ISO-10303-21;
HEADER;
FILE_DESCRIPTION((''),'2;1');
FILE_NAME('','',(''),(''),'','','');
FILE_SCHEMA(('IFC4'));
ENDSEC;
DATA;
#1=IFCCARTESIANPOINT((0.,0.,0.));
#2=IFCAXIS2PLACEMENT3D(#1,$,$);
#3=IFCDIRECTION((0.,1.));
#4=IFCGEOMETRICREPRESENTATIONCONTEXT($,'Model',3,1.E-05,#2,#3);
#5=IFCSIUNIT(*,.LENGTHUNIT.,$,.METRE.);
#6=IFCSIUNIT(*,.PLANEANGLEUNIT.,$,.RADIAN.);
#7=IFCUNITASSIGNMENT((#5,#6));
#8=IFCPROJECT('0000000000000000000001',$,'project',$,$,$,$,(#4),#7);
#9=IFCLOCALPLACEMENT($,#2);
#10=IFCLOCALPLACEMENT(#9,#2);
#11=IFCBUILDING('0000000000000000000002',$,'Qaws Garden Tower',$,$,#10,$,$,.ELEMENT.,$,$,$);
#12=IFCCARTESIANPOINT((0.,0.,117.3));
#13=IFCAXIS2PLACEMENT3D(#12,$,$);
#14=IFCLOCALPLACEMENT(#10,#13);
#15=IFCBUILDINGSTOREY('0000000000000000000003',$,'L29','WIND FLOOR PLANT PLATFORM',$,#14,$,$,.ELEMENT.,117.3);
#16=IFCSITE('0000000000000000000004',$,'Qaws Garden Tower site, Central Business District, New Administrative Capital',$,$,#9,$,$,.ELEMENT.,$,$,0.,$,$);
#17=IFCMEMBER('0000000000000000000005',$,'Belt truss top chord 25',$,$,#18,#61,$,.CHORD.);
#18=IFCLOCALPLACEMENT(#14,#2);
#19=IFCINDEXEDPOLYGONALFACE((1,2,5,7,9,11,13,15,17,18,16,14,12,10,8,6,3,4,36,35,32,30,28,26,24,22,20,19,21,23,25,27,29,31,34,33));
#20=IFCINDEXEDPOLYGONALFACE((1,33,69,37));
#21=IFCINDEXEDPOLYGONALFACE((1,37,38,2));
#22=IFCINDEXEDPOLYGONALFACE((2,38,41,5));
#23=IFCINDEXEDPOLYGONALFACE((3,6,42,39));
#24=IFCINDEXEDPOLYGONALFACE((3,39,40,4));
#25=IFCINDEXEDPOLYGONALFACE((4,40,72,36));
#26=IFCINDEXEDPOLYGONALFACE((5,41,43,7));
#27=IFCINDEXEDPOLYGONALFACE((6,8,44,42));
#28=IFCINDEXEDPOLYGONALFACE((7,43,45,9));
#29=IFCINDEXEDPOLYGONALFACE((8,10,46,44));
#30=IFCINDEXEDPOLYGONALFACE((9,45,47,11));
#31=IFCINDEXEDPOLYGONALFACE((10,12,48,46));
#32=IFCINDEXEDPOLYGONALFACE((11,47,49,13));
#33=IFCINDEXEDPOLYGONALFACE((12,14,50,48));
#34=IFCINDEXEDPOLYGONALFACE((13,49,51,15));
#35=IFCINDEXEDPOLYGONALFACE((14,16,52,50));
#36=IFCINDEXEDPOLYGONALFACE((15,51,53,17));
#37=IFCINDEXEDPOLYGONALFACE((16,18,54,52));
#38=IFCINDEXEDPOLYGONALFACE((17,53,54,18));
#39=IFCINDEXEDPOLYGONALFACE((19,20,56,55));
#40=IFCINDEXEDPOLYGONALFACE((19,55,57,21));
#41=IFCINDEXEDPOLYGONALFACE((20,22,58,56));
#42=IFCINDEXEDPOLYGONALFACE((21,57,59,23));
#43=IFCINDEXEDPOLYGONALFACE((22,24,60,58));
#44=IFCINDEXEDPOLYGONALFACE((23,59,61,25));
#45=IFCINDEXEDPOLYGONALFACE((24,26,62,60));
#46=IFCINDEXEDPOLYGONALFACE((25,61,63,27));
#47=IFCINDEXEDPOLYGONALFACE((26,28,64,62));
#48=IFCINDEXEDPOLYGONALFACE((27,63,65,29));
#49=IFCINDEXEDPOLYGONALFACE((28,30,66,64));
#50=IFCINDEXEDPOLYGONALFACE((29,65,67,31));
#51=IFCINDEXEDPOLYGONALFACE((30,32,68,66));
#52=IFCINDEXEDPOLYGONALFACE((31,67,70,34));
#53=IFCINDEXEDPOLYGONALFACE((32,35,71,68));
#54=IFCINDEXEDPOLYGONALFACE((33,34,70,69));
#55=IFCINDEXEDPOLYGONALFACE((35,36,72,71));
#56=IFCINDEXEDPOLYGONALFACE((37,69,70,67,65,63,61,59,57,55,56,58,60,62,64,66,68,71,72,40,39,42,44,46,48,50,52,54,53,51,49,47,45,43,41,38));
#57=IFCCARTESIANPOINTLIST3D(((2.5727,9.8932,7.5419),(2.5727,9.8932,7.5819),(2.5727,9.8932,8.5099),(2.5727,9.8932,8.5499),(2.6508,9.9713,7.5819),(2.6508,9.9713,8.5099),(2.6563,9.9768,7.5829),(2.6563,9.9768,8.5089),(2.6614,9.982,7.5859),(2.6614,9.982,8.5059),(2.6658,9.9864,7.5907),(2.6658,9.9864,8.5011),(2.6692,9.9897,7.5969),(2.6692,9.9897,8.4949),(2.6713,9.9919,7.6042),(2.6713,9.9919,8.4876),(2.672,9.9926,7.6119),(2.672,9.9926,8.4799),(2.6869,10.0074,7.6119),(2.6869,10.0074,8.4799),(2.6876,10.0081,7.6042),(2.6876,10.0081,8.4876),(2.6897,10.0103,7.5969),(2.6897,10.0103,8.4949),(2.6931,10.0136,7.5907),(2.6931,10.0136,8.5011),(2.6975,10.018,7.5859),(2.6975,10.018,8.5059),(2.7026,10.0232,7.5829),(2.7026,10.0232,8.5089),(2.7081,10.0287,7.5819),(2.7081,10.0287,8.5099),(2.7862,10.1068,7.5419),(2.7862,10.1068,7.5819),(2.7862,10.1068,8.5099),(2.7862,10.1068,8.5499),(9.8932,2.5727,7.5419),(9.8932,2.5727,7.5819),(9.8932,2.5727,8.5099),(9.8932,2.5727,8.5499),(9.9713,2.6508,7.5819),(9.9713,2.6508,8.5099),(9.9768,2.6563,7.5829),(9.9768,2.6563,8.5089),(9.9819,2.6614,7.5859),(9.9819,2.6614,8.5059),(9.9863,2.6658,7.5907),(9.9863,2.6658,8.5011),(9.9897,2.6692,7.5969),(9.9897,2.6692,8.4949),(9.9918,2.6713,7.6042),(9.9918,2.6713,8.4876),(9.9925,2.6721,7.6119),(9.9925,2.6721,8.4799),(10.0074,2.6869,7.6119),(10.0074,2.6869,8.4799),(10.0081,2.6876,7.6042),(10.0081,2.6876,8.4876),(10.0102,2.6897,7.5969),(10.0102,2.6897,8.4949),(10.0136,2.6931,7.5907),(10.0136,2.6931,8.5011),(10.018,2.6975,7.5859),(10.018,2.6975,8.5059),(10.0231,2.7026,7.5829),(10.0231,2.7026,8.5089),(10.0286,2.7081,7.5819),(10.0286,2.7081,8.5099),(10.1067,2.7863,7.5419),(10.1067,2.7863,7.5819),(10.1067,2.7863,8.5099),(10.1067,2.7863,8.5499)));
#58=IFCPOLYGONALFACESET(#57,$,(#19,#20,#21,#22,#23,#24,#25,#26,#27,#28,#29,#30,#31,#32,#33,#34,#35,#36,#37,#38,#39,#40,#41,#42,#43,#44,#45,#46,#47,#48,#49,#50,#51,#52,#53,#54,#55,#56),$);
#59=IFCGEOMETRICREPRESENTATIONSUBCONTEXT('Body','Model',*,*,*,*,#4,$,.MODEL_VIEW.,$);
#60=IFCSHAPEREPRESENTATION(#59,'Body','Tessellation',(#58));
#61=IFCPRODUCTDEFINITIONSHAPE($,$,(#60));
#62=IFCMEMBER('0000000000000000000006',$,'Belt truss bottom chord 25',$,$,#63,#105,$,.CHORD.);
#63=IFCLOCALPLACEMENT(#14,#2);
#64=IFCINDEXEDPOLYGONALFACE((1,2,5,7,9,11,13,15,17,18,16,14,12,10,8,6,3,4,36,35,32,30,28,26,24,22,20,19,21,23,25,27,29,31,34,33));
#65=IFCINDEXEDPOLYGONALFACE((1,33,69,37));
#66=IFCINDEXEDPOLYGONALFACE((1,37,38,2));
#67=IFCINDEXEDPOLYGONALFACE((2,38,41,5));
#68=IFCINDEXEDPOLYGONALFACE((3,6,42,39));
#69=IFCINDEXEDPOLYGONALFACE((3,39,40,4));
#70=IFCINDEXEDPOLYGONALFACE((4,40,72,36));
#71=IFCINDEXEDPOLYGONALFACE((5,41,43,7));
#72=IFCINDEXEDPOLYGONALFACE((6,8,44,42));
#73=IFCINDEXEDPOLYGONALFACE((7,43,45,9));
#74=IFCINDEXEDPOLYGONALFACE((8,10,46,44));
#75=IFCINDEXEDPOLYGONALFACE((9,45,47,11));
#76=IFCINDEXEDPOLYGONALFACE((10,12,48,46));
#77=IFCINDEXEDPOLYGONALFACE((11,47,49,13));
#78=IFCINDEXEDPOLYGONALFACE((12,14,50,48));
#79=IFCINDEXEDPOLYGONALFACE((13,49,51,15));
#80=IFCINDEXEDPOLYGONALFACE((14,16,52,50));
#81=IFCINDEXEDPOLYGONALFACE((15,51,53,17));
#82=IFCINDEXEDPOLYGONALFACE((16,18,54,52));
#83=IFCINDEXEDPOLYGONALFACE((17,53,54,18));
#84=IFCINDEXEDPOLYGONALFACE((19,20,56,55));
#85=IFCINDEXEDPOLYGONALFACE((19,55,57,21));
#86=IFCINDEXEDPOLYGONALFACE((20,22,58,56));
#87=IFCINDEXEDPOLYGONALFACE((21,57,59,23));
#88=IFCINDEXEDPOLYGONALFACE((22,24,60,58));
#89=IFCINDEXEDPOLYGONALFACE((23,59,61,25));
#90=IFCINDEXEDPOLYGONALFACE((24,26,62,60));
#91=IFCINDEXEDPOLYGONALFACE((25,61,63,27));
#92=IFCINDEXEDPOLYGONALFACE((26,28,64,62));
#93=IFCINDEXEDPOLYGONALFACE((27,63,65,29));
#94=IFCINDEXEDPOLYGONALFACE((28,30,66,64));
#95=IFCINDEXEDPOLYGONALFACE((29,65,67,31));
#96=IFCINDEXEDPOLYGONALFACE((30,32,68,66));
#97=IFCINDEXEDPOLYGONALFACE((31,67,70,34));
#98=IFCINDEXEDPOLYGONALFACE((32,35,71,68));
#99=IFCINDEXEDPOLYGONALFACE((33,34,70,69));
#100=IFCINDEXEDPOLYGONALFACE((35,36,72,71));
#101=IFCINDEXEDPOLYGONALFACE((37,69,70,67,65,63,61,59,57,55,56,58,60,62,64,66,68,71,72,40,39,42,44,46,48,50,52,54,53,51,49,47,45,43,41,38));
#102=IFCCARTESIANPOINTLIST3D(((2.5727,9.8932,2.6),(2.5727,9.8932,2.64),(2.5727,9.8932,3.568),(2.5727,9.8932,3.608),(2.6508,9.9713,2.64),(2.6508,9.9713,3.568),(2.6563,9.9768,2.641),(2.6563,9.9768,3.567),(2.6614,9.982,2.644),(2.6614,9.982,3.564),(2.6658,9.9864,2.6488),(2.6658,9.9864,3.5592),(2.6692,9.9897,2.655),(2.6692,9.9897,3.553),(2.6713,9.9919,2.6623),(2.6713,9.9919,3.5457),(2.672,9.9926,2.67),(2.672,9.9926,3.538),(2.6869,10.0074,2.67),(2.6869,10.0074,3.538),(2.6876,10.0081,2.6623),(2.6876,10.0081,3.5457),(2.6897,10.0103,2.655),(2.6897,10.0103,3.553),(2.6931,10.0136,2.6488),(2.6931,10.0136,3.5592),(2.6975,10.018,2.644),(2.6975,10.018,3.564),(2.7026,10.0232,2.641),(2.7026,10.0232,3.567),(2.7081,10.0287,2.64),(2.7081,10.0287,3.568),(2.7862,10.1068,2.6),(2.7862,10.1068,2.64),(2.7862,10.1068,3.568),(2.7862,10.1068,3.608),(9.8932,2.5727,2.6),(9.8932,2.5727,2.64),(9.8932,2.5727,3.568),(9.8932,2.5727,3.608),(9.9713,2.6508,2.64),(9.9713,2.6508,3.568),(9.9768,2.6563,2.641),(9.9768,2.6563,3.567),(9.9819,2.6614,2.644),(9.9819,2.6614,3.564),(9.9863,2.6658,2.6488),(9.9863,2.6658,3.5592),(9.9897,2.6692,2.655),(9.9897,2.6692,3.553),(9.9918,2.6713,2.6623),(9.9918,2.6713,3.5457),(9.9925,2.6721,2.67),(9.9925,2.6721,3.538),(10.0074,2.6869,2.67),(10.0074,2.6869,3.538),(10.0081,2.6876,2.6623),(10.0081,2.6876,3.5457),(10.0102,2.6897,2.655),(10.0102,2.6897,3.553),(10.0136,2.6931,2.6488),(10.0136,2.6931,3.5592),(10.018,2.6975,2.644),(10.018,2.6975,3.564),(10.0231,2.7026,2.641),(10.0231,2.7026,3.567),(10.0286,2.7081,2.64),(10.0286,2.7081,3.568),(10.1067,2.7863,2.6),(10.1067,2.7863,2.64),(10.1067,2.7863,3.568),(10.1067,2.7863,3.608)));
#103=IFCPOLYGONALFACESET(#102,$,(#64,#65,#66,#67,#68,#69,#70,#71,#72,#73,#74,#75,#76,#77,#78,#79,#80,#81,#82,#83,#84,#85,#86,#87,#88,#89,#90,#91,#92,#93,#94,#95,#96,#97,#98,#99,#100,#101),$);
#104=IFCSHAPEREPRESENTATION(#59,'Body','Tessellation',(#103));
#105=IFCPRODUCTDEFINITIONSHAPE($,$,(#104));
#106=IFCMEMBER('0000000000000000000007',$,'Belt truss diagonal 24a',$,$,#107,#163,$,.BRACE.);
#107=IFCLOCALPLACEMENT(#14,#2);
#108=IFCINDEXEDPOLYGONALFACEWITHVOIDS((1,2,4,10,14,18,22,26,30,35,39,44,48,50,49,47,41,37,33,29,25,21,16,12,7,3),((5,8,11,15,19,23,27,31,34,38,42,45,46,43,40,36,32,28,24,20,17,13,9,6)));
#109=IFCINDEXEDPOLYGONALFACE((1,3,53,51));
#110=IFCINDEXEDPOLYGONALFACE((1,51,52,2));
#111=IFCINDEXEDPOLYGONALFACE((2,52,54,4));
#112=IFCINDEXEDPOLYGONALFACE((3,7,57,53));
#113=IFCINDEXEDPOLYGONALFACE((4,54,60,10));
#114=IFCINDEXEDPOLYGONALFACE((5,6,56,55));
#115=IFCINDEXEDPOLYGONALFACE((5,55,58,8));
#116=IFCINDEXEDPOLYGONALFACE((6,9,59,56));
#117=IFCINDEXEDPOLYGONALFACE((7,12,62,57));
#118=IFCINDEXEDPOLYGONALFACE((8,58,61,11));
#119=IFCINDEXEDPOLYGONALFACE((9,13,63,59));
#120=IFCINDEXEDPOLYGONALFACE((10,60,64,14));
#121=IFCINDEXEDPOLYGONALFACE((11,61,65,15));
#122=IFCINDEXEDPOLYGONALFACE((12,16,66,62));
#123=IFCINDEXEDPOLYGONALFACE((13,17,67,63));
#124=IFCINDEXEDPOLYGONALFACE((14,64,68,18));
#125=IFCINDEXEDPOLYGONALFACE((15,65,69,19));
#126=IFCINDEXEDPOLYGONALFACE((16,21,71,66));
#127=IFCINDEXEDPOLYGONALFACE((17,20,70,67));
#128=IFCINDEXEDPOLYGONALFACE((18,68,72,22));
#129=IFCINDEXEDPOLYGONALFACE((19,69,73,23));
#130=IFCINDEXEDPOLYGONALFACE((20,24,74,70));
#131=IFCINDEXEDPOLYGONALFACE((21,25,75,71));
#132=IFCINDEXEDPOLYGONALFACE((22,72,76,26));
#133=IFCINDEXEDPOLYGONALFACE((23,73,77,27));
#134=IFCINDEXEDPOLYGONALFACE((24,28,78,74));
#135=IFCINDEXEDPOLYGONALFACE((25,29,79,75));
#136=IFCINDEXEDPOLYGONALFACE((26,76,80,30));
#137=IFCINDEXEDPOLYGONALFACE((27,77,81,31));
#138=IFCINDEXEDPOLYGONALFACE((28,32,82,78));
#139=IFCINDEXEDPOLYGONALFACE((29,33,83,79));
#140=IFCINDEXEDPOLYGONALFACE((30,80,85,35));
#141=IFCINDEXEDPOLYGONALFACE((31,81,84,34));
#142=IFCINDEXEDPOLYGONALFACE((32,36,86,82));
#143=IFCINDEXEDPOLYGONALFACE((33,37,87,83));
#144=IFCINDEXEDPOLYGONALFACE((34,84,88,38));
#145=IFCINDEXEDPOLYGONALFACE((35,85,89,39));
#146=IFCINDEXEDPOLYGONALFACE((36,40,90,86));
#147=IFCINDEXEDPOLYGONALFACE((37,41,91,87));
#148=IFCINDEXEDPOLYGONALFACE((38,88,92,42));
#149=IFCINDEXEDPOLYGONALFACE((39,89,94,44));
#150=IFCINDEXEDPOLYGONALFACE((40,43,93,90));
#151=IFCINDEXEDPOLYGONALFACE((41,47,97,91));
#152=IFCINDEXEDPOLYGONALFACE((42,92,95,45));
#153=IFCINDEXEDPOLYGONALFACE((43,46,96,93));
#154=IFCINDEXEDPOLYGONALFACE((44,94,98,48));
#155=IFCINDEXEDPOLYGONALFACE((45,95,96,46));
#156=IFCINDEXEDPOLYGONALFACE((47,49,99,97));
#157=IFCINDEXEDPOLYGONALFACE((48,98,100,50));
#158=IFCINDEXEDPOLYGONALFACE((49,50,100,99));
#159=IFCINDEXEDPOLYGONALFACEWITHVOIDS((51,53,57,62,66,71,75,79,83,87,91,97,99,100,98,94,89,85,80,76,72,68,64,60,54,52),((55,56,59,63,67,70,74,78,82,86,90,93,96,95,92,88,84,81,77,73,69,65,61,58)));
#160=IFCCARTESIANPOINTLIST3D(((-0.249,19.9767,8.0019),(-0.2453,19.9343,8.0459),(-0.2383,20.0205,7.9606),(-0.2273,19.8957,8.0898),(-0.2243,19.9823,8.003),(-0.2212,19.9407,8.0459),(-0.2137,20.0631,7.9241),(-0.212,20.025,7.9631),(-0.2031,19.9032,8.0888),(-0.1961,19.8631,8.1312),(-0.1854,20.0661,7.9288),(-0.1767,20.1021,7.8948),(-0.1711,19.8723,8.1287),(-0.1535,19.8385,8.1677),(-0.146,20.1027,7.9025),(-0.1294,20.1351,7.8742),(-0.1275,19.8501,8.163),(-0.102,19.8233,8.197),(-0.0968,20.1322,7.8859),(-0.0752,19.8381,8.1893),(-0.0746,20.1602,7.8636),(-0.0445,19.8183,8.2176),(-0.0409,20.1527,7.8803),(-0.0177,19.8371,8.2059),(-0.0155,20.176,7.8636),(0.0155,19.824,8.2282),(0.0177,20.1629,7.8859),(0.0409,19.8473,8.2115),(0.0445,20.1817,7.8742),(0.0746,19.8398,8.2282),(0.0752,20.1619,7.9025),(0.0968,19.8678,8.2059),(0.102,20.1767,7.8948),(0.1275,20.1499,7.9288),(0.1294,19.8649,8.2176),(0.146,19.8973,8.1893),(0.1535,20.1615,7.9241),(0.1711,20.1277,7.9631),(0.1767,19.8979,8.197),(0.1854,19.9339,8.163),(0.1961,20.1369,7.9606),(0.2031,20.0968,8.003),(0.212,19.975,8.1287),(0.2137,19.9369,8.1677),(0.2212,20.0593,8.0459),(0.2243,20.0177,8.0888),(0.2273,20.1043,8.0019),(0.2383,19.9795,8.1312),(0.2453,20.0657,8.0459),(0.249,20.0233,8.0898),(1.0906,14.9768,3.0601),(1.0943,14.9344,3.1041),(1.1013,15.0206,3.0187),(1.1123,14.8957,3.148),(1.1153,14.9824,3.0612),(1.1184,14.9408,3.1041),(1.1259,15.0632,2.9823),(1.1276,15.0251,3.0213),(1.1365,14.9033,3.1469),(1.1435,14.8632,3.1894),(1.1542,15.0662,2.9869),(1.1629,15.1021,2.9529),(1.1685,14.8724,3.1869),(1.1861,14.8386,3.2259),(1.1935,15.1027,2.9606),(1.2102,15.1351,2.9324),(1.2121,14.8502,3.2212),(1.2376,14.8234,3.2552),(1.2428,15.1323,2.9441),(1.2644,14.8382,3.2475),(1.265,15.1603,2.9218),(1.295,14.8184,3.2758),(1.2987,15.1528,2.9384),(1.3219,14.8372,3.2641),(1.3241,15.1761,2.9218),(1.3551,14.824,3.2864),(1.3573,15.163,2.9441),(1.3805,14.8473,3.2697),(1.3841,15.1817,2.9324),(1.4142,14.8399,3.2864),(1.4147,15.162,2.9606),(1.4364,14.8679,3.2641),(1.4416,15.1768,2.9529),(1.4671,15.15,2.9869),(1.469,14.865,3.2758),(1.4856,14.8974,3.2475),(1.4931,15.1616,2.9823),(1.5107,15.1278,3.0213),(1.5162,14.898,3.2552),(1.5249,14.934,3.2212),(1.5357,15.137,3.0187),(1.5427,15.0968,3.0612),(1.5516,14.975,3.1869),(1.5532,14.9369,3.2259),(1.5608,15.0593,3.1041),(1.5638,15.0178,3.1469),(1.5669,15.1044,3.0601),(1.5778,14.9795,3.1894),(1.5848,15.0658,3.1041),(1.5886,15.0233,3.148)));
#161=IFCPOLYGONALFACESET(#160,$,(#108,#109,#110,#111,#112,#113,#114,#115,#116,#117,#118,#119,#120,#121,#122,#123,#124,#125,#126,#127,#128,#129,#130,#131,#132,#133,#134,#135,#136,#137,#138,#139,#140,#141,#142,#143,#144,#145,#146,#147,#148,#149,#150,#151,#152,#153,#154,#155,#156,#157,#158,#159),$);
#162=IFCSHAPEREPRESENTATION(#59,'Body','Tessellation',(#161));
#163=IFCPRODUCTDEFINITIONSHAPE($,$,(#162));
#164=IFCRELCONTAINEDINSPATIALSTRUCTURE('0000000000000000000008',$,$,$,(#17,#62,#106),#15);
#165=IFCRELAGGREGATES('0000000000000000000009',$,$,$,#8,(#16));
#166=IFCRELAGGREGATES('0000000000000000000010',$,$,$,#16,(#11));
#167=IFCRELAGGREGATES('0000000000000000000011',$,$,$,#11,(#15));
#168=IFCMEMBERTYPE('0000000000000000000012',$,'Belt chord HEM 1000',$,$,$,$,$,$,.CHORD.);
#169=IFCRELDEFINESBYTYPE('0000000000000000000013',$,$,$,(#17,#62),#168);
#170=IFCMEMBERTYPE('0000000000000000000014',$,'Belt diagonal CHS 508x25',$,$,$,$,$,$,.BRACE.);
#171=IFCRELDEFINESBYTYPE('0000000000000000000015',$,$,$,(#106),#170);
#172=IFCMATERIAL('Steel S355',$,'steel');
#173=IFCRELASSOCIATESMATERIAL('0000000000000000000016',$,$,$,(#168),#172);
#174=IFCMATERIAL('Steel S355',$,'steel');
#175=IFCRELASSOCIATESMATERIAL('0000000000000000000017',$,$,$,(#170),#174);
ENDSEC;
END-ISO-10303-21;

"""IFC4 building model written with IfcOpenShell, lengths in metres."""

from ifc_helpers import new_model, si_unit, direction, frame, origin, origin_2d, place, context, subcontext, project, spatial, hollow_circle, i_section, extrude, material, material_profile, profile_set, type_object, element, save


model = new_model("IFC4")

# Units and contexts
model_context = context("Model", 3, precision=1e-05, world=origin(), true_north=direction((0.0, 1.0)))
body_context = subcontext(model_context, "Body", "Model", "MODEL_VIEW")
ifc_project = project(units=[si_unit("LENGTHUNIT", "METRE"), si_unit("PLANEANGLEUNIT", "RADIAN")], contexts=[model_context])

# Site, building, storey
site_placement = place(None, origin())
site = spatial("IfcSite", under=ifc_project, at=site_placement, Name="Qaws Garden Tower site, Central Business District, New Administrative Capital", CompositionType="ELEMENT", RefElevation=0.0)
building_placement = place(site_placement, origin())
building = spatial("IfcBuilding", under=site, at=building_placement, Name="Qaws Garden Tower", CompositionType="ELEMENT")
storey_placement = place(building_placement, frame((0.0, 0.0, 117.3)))
storey = spatial("IfcBuildingStorey", under=building, at=storey_placement, Name="L29", Description="WIND FLOOR PLANT PLATFORM", CompositionType="ELEMENT", Elevation=117.3)

# Members
ifc_material_1 = material(Name="Steel S355", Category="steel")
ifc_material_profile_1 = material_profile(ifc_material_1, i_section(OverallWidth=0.302, OverallDepth=1.0081, WebThickness=0.021, FlangeThickness=0.04, FilletRadius=0.03, at=origin_2d()), Name="HEM 1000")
ifc_profile_set_1 = profile_set([ifc_material_profile_1], Name="Steel S355")
member_type_1 = type_object("IfcMemberType", Name="Belt chord HEM 1000", PredefinedType="CHORD", material=ifc_profile_set_1)
for number, where, z_axis, x_axis, name in (
    (1, (2.6794, 10.0, 8.0459), (0.707107, -0.707107, 0.0), (0.707107, 0.707107, 0.0), "Belt truss top chord 25"),
    (2, (2.6794, 10.0, 3.104), (0.707107, -0.707107, 0.0), (0.707107, 0.707107, 0.0), "Belt truss bottom chord 25"),
):
    element("IfcMember", number, at=place(storey_placement, frame(where, z_axis=z_axis, x_axis=x_axis)), inside=storey, type_object=member_type_1, Name=name, PredefinedType="CHORD", context=body_context, shape_type="SweptSolid", body=[
        extrude(i_section(OverallWidth=0.302, OverallDepth=1.0081, WebThickness=0.021, FlangeThickness=0.04, FilletRadius=0.03, at=origin_2d()), origin(), (0.0, 0.0, 1.0), 10.3528),
    ])
ifc_material_2 = material(Name="Steel S355", Category="steel")
ifc_material_profile_2 = material_profile(ifc_material_2, hollow_circle(Radius=0.2539, WallThickness=0.0249, at=origin_2d()), Name="CHS 508x25")
ifc_profile_set_2 = profile_set([ifc_material_profile_2], Name="Steel S355")
member_type_2 = type_object("IfcMemberType", Name="Belt diagonal CHS 508x25", PredefinedType="BRACE", material=ifc_profile_set_2)
member_1_placement = place(storey_placement, frame((0.0, 20.0, 8.0459), z_axis=(0.187184, -0.698656, -0.690537), x_axis=(0.965933, 0.258793, 0.0)))
element("IfcMember", 3, at=member_1_placement, inside=storey, type_object=member_type_2, Name="Belt truss diagonal 24a", PredefinedType="BRACE", context=body_context, shape_type="SweptSolid", body=[
    extrude(hollow_circle(Radius=0.2539, WallThickness=0.0249, at=origin_2d()), origin(), (0.0, 0.0, 1.0), 7.1565),
])

save(model, "model.ifc")
